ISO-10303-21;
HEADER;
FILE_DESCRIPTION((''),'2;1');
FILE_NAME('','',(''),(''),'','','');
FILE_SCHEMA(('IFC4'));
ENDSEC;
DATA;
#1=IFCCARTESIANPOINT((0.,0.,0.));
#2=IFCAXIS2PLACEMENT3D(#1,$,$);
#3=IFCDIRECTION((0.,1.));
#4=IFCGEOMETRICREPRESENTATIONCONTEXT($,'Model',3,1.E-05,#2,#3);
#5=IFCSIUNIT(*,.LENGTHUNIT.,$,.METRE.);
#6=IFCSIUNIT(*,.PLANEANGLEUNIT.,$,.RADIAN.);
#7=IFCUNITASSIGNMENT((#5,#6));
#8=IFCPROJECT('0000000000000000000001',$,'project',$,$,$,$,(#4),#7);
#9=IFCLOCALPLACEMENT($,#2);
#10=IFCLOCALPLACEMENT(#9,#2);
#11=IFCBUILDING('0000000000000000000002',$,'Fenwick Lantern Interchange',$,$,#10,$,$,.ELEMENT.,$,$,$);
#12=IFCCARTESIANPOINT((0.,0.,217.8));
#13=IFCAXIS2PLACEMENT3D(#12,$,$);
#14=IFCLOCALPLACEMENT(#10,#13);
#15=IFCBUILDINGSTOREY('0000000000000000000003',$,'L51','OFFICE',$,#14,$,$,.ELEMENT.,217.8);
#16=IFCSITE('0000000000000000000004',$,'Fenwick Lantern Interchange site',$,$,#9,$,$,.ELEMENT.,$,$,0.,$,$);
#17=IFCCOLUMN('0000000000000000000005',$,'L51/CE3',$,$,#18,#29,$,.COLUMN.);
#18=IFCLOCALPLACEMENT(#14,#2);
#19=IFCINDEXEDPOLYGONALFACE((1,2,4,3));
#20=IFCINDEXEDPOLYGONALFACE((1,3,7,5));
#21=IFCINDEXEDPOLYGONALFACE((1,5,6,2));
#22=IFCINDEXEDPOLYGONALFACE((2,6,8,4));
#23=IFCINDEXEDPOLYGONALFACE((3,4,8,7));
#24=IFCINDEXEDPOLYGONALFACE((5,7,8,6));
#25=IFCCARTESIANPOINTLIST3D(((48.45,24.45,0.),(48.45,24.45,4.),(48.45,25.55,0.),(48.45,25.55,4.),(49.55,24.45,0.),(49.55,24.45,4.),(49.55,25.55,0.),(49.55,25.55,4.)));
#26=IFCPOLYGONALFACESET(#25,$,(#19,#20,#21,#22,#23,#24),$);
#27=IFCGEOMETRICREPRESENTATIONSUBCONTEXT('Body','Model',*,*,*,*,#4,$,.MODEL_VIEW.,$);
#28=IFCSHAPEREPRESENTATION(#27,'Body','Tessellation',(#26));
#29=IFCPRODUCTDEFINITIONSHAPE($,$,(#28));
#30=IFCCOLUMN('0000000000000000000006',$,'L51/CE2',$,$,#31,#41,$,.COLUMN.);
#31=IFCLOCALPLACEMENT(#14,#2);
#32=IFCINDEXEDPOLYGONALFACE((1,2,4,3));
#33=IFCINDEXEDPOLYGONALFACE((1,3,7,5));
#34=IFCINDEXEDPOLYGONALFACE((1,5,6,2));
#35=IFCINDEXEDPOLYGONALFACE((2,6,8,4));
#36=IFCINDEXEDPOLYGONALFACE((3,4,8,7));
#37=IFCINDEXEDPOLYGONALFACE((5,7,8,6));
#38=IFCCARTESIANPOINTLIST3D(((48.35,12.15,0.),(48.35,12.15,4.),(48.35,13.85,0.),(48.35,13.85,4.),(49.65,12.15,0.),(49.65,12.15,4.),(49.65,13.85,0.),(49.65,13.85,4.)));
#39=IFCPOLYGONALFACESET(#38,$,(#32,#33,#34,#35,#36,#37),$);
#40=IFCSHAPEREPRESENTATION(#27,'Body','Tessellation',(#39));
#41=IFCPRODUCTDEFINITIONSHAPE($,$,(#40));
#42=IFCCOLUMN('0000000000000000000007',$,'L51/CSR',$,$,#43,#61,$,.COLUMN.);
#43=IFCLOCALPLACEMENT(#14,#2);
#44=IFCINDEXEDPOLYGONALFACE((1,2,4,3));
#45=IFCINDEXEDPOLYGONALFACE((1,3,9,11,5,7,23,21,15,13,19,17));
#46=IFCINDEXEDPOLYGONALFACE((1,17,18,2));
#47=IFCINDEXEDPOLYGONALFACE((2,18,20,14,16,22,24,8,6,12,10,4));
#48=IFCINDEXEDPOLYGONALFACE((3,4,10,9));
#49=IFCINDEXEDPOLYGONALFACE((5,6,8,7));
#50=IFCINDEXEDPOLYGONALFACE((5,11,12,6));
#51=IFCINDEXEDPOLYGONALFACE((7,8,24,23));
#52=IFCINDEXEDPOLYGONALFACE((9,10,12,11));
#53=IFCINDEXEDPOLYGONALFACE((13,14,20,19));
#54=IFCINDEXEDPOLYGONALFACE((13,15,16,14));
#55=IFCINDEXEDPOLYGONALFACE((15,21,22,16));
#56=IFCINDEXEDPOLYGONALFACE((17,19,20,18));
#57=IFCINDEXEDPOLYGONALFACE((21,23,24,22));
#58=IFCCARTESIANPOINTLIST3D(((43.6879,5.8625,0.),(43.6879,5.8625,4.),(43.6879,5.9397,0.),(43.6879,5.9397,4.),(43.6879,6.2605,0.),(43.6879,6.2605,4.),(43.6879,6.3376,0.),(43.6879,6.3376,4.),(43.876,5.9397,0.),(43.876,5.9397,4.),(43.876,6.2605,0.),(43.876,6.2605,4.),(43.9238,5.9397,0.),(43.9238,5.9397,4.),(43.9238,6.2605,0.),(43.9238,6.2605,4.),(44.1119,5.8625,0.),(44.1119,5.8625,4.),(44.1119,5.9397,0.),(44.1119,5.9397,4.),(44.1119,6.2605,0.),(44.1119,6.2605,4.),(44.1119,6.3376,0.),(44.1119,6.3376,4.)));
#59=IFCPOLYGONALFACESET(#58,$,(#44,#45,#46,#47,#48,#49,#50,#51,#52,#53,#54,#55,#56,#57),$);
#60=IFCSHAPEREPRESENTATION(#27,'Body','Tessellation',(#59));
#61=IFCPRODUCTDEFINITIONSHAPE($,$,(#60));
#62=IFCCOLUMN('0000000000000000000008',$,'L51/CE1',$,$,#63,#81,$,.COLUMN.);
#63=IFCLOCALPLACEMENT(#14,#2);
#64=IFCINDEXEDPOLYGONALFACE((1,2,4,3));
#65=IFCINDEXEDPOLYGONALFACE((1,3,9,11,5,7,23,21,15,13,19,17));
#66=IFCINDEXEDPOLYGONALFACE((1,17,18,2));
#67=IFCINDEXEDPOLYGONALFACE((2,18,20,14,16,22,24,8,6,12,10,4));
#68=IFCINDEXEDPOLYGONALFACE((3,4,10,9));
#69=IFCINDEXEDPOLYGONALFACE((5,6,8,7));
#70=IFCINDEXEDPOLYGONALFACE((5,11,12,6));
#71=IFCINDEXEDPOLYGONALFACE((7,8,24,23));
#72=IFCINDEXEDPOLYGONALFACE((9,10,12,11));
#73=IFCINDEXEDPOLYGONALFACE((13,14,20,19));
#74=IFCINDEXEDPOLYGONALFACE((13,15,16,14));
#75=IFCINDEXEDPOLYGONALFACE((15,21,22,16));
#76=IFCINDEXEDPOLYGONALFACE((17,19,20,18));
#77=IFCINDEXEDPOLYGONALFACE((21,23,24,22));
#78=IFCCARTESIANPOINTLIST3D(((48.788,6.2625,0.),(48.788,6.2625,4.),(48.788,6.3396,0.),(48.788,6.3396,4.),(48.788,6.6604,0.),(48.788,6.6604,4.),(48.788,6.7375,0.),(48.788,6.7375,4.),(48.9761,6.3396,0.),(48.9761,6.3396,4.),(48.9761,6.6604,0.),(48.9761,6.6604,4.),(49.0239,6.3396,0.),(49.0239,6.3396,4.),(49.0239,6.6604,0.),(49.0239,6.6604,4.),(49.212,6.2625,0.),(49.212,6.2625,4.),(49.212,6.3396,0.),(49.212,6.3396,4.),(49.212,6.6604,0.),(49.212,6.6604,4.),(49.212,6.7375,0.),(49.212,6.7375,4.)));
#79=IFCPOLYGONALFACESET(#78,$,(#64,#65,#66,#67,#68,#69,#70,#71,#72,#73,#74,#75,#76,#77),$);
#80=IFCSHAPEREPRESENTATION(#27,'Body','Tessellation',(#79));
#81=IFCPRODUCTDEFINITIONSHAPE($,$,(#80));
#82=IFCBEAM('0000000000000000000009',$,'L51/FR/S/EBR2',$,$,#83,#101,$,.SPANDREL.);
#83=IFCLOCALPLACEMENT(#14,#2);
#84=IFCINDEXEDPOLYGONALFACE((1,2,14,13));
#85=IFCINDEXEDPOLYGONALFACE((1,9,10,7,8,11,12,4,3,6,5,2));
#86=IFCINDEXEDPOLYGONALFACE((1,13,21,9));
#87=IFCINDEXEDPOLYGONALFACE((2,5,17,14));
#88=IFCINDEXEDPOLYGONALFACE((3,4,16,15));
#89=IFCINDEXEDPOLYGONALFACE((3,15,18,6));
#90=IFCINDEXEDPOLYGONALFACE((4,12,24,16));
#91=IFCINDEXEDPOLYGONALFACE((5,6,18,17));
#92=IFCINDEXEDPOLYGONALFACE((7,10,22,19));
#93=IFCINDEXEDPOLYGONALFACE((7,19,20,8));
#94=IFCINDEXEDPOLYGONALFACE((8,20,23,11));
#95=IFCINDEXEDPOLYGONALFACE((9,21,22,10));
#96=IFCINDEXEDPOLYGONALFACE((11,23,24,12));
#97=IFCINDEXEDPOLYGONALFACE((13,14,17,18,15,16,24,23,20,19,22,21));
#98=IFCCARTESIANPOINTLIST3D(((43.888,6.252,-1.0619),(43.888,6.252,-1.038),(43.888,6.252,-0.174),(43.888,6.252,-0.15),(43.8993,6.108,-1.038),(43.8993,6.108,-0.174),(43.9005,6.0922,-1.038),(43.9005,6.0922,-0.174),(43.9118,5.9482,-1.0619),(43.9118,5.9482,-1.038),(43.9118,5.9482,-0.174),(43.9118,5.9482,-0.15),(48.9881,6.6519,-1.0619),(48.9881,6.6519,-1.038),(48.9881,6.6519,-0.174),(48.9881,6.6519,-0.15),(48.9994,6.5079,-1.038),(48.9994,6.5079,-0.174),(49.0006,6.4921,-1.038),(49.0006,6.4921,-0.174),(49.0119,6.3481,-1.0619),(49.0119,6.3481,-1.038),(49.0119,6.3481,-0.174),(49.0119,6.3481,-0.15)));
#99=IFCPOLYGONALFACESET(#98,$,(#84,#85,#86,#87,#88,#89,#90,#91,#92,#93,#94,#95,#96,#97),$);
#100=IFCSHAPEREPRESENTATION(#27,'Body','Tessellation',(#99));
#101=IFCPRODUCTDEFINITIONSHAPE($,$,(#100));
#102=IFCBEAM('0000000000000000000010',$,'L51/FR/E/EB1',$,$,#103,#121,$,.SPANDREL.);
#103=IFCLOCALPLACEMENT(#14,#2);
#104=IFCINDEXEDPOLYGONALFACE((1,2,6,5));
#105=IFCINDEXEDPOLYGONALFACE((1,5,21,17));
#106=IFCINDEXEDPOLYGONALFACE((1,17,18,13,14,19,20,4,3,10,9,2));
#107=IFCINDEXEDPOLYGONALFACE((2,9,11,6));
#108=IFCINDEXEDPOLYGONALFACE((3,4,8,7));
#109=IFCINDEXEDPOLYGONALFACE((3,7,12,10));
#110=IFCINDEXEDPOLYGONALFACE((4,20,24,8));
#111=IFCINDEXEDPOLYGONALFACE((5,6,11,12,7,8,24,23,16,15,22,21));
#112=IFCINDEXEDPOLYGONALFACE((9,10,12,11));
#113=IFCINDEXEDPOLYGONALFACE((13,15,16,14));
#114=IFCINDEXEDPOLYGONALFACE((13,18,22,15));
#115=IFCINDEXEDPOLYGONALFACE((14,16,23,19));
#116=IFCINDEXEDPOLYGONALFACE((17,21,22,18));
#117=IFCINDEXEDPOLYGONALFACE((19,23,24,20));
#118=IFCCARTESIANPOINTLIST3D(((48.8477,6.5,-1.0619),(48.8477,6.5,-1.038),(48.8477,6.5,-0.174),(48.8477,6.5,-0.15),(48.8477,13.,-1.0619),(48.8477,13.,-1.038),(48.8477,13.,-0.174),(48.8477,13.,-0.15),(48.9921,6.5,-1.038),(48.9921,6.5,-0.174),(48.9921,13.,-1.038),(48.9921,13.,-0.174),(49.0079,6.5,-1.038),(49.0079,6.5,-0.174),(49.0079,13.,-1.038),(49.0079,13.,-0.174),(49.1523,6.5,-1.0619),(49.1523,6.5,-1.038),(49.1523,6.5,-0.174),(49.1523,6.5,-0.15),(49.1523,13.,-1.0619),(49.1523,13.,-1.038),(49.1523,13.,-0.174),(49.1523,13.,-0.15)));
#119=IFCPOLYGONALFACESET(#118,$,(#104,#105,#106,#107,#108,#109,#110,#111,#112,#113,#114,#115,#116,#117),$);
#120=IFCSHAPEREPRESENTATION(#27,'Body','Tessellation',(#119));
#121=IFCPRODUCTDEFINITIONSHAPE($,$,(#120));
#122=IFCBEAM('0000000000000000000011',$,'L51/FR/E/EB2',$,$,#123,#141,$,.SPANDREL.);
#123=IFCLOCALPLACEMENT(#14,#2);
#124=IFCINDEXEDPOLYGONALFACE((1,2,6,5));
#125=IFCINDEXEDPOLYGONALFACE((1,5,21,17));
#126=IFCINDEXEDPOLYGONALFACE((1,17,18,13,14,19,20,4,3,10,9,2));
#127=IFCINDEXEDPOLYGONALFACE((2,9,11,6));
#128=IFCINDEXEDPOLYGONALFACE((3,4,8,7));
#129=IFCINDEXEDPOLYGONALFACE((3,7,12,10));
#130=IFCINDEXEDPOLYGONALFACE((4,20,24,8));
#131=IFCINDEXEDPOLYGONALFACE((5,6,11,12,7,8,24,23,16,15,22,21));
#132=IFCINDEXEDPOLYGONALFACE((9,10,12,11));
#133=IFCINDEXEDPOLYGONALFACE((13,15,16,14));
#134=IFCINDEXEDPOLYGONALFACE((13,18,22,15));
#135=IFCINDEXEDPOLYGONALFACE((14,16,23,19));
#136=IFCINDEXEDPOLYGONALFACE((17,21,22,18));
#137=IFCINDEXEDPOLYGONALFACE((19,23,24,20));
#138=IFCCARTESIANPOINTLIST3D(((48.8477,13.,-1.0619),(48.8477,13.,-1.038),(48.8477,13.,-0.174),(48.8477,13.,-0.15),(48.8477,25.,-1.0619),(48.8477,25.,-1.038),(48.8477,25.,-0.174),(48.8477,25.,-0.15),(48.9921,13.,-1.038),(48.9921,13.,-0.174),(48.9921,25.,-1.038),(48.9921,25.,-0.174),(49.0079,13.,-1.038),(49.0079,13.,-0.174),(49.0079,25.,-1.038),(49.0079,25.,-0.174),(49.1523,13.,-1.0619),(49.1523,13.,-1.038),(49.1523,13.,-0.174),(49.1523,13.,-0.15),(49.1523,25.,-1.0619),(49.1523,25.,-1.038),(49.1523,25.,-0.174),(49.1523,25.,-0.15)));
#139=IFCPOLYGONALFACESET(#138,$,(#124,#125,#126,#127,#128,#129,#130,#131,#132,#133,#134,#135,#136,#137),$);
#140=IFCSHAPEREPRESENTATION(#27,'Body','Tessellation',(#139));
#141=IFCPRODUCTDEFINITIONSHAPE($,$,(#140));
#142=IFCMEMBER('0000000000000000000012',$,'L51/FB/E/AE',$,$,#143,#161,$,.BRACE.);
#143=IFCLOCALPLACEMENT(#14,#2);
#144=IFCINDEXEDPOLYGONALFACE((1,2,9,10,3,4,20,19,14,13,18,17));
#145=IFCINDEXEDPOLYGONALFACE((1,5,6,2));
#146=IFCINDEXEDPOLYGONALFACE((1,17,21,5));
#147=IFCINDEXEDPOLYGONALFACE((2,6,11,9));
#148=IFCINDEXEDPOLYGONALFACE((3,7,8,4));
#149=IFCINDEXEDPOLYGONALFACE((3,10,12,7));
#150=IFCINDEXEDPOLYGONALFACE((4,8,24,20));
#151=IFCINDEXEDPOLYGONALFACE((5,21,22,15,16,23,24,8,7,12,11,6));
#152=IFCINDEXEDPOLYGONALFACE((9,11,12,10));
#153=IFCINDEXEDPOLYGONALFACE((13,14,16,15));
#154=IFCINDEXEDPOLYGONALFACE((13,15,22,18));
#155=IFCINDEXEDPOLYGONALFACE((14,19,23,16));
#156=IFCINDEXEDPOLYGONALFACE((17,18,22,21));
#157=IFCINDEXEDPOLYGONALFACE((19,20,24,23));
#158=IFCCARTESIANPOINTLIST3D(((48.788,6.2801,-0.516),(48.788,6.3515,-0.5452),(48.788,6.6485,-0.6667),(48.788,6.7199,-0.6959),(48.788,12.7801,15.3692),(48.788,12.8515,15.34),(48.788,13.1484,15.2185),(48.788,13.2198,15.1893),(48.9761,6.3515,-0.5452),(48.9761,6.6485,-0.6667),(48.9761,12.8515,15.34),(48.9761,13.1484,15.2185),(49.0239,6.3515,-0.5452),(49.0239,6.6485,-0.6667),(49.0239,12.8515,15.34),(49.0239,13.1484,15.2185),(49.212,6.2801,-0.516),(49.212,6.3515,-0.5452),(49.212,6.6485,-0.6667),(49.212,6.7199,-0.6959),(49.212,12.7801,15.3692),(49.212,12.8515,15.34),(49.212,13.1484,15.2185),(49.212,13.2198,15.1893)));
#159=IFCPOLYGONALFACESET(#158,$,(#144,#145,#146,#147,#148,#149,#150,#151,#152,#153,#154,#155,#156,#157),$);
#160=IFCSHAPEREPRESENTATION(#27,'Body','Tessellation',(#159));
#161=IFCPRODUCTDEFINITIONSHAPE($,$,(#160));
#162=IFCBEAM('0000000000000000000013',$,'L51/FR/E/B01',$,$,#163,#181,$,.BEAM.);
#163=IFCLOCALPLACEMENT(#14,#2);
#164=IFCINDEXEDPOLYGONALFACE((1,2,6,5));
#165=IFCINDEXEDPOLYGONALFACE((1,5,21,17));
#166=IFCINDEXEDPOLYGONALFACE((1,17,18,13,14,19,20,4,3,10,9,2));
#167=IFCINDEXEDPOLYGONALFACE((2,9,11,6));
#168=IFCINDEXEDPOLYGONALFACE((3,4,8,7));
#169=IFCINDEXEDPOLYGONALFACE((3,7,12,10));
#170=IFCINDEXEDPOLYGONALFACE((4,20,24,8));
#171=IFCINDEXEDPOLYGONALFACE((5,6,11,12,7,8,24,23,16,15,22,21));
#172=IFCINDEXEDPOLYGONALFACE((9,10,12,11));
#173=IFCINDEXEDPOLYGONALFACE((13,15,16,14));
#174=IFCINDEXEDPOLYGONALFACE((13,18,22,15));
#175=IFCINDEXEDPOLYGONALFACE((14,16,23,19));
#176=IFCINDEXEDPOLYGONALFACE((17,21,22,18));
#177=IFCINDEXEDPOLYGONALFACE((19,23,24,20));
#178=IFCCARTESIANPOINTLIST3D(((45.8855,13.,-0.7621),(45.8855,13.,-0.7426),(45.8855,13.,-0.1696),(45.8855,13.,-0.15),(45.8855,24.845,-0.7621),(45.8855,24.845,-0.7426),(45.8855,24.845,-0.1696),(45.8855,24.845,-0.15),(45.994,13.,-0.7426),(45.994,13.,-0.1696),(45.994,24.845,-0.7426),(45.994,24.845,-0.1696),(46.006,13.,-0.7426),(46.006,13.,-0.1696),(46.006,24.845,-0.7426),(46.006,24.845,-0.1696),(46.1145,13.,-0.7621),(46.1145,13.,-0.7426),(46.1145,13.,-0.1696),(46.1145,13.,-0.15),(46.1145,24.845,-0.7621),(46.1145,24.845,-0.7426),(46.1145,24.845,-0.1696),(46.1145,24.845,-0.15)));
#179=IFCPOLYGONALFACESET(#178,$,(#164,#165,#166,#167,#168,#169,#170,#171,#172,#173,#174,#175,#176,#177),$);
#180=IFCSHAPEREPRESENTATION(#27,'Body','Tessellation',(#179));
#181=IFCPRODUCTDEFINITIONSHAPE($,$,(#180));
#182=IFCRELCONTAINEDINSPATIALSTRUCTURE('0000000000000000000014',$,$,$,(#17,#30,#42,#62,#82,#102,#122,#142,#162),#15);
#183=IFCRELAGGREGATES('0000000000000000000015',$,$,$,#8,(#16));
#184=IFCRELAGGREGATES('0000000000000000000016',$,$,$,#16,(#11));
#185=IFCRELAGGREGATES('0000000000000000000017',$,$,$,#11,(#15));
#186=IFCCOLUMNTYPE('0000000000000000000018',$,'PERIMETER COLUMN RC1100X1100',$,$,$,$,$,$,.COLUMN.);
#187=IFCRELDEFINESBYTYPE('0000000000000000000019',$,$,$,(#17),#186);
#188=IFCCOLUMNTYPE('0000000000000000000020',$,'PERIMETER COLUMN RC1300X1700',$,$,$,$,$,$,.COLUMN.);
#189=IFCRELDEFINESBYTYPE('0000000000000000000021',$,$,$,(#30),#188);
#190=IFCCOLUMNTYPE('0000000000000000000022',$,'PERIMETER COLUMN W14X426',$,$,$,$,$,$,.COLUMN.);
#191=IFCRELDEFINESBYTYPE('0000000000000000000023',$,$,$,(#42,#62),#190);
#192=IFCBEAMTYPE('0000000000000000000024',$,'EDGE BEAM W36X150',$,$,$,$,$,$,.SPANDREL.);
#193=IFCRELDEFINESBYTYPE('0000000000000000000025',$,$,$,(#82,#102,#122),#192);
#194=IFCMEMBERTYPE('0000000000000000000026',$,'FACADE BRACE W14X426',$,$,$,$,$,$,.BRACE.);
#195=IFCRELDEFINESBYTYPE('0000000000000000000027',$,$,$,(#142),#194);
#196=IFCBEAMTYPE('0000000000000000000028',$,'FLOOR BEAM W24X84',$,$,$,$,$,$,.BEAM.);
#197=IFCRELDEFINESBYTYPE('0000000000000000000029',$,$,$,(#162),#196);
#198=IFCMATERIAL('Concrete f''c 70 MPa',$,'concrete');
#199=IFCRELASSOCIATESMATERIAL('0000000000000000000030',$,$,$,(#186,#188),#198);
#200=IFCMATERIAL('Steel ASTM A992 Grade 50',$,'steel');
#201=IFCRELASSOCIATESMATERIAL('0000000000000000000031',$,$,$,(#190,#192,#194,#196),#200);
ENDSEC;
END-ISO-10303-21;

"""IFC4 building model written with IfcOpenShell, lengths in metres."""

from ifc_helpers import new_model, si_unit, direction, frame, origin, origin_2d, place, context, subcontext, project, spatial, rectangle, i_section, extrude, material, material_profile, profile_set, type_object, element, save


model = new_model("IFC4")

# Units and contexts
model_context = context("Model", 3, precision=1e-05, world=origin(), true_north=direction((0.0, 1.0)))
body_context = subcontext(model_context, "Body", "Model", "MODEL_VIEW")
ifc_project = project(units=[si_unit("LENGTHUNIT", "METRE"), si_unit("PLANEANGLEUNIT", "RADIAN")], contexts=[model_context])

# Site, building, storey
site_placement = place(None, origin())
site = spatial("IfcSite", under=ifc_project, at=site_placement, Name="Fenwick Lantern Interchange site", CompositionType="ELEMENT", RefElevation=0.0)
building_placement = place(site_placement, origin())
building = spatial("IfcBuilding", under=site, at=building_placement, Name="Fenwick Lantern Interchange", CompositionType="ELEMENT")
storey_placement = place(building_placement, frame((0.0, 0.0, 217.8)))
storey = spatial("IfcBuildingStorey", under=building, at=storey_placement, Name="L51", Description="OFFICE", CompositionType="ELEMENT", Elevation=217.8)

# Columns
ifc_material_1 = material(Name="Concrete f'c 70 MPa", Category="concrete")
ifc_material_profile_1 = material_profile(ifc_material_1, rectangle(XDim=1.1001, YDim=1.1001, at=origin_2d()), Name="RC1100X1100")
ifc_profile_set_1 = profile_set([ifc_material_profile_1], Name="Concrete f'c 70 MPa")
column_type_1 = type_object("IfcColumnType", Name="PERIMETER COLUMN RC1100X1100", PredefinedType="COLUMN", material=ifc_profile_set_1)
column_1_placement = place(storey_placement, frame((49.0, 25.0, 0.0), z_axis=(0.0, 0.0, 1.0), x_axis=(1.0, 0.0, 0.0)))
element("IfcColumn", 1, at=column_1_placement, inside=storey, type_object=column_type_1, Name="L51/CE3", PredefinedType="COLUMN", context=body_context, shape_type="SweptSolid", body=[
    extrude(rectangle(XDim=1.1001, YDim=1.1001, at=origin_2d()), origin(), (0.0, 0.0, 1.0), 4.0),
])
ifc_material_profile_2 = material_profile(ifc_material_1, rectangle(XDim=1.3, YDim=1.7, at=origin_2d()), Name="RC1300X1700")
ifc_profile_set_2 = profile_set([ifc_material_profile_2], Name="Concrete f'c 70 MPa")
column_type_2 = type_object("IfcColumnType", Name="PERIMETER COLUMN RC1300X1700", PredefinedType="COLUMN", material=ifc_profile_set_2)
column_2_placement = place(storey_placement, frame((49.0, 13.0, 0.0), z_axis=(0.0, 0.0, 1.0), x_axis=(1.0, 0.0, 0.0)))
element("IfcColumn", 2, at=column_2_placement, inside=storey, type_object=column_type_2, Name="L51/CE2", PredefinedType="COLUMN", context=body_context, shape_type="SweptSolid", body=[
    extrude(rectangle(XDim=1.3, YDim=1.7, at=origin_2d()), origin(), (0.0, 0.0, 1.0), 4.0),
])
ifc_material_2 = material(Name="Steel ASTM A992 Grade 50", Category="steel")
ifc_material_profile_3 = material_profile(ifc_material_2, i_section(OverallWidth=0.4241, OverallDepth=0.4751, WebThickness=0.0479, FlangeThickness=0.0771, at=origin_2d()), Name="W14X426")
ifc_profile_set_3 = profile_set([ifc_material_profile_3], Name="Steel ASTM A992 Grade 50")
column_type_3 = type_object("IfcColumnType", Name="PERIMETER COLUMN W14X426", PredefinedType="COLUMN", material=ifc_profile_set_3)
for number, where, z_axis, x_axis, name in (
    (3, (43.8999, 6.1001, 0.0), (0.0, 0.0, 1.0), (1.0, 0.0, 0.0), "L51/CSR"),
    (4, (49.0, 6.5, 0.0), (0.0, 0.0, 1.0), (1.0, 0.0, 0.0), "L51/CE1"),
):
    element("IfcColumn", number, at=place(storey_placement, frame(where, z_axis=z_axis, x_axis=x_axis)), inside=storey, type_object=column_type_3, Name=name, PredefinedType="COLUMN", context=body_context, shape_type="SweptSolid", body=[
        extrude(i_section(OverallWidth=0.4241, OverallDepth=0.4751, WebThickness=0.0479, FlangeThickness=0.0771, at=origin_2d()), origin(), (0.0, 0.0, 1.0), 4.0),
    ])

# Beams
ifc_material_profile_4 = material_profile(ifc_material_2, i_section(OverallWidth=0.3047, OverallDepth=0.9119, WebThickness=0.0159, FlangeThickness=0.0239, at=origin_2d()), Name="W36X150")
ifc_profile_set_4 = profile_set([ifc_material_profile_4], Name="Steel ASTM A992 Grade 50")
beam_type_1 = type_object("IfcBeamType", Name="EDGE BEAM W36X150", PredefinedType="SPANDREL", material=ifc_profile_set_4)
beam_1_placement = place(storey_placement, frame((43.8999, 6.1001, -0.606), z_axis=(0.99694, 0.078171, 0.0), x_axis=(-0.078171, 0.99694, 0.0)))
element("IfcBeam", 5, at=beam_1_placement, inside=storey, type_object=beam_type_1, Name="L51/FR/S/EBR2", PredefinedType="SPANDREL", context=body_context, shape_type="SweptSolid", body=[
    extrude(i_section(OverallWidth=0.3047, OverallDepth=0.9119, WebThickness=0.0159, FlangeThickness=0.0239, at=origin_2d()), origin(), (0.0, 0.0, 1.0), 5.1157),
])
beam_2_placement = place(storey_placement, frame((49.0, 6.5, -0.606), z_axis=(0.0, 1.0, 0.0), x_axis=(-1.0, 0.0, 0.0)))
element("IfcBeam", 6, at=beam_2_placement, inside=storey, type_object=beam_type_1, Name="L51/FR/E/EB1", PredefinedType="SPANDREL", context=body_context, shape_type="SweptSolid", body=[
    extrude(i_section(OverallWidth=0.3047, OverallDepth=0.9119, WebThickness=0.0159, FlangeThickness=0.0239, at=origin_2d()), origin(), (0.0, 0.0, 1.0), 6.5),
])
beam_3_placement = place(storey_placement, frame((49.0, 13.0, -0.606), z_axis=(0.0, 1.0, 0.0), x_axis=(-1.0, 0.0, 0.0)))
element("IfcBeam", 7, at=beam_3_placement, inside=storey, type_object=beam_type_1, Name="L51/FR/E/EB2", PredefinedType="SPANDREL", context=body_context, shape_type="SweptSolid", body=[
    extrude(i_section(OverallWidth=0.3047, OverallDepth=0.9119, WebThickness=0.0159, FlangeThickness=0.0239, at=origin_2d()), origin(), (0.0, 0.0, 1.0), 12.0),
])

# Member
ifc_material_profile_5 = material_profile(ifc_material_2, i_section(OverallWidth=0.4241, OverallDepth=0.4751, WebThickness=0.0479, FlangeThickness=0.0771, at=origin_2d()), Name="W14X426")
ifc_profile_set_5 = profile_set([ifc_material_profile_5], Name="Steel ASTM A992 Grade 50")
member_type_1 = type_object("IfcMemberType", Name="FACADE BRACE W14X426", PredefinedType="BRACE", material=ifc_profile_set_5)
member_1_placement = place(storey_placement, frame((49.0, 6.5, -0.606), z_axis=(0.0, 0.378707, 0.925517), x_axis=(-1.0, 0.0, 0.0)))
element("IfcMember", 8, at=member_1_placement, inside=storey, type_object=member_type_1, Name="L51/FB/E/AE", PredefinedType="BRACE", context=body_context, shape_type="SweptSolid", body=[
    extrude(i_section(OverallWidth=0.4241, OverallDepth=0.4751, WebThickness=0.0479, FlangeThickness=0.0771, at=origin_2d()), origin(), (0.0, 0.0, 1.0), 17.1636),
])

# Beam
ifc_material_profile_6 = material_profile(ifc_material_2, i_section(OverallWidth=0.229, OverallDepth=0.6121, WebThickness=0.012, FlangeThickness=0.0195, at=origin_2d()), Name="W24X84")
ifc_profile_set_6 = profile_set([ifc_material_profile_6], Name="Steel ASTM A992 Grade 50")
beam_type_2 = type_object("IfcBeamType", Name="FLOOR BEAM W24X84", PredefinedType="BEAM", material=ifc_profile_set_6)
for number, where, z_axis, x_axis, name in (
    (9, (46.0, 13.0, -0.4561), (0.0, 1.0, 0.0), (-1.0, 0.0, 0.0), "L51/FR/E/B01"),
):
    element("IfcBeam", number, at=place(storey_placement, frame(where, z_axis=z_axis, x_axis=x_axis)), inside=storey, type_object=beam_type_2, Name=name, PredefinedType="BEAM", context=body_context, shape_type="SweptSolid", body=[
        extrude(i_section(OverallWidth=0.229, OverallDepth=0.6121, WebThickness=0.012, FlangeThickness=0.0195, at=origin_2d()), origin(), (0.0, 0.0, 1.0), 11.845),
    ])

save(model, "model.ifc")
